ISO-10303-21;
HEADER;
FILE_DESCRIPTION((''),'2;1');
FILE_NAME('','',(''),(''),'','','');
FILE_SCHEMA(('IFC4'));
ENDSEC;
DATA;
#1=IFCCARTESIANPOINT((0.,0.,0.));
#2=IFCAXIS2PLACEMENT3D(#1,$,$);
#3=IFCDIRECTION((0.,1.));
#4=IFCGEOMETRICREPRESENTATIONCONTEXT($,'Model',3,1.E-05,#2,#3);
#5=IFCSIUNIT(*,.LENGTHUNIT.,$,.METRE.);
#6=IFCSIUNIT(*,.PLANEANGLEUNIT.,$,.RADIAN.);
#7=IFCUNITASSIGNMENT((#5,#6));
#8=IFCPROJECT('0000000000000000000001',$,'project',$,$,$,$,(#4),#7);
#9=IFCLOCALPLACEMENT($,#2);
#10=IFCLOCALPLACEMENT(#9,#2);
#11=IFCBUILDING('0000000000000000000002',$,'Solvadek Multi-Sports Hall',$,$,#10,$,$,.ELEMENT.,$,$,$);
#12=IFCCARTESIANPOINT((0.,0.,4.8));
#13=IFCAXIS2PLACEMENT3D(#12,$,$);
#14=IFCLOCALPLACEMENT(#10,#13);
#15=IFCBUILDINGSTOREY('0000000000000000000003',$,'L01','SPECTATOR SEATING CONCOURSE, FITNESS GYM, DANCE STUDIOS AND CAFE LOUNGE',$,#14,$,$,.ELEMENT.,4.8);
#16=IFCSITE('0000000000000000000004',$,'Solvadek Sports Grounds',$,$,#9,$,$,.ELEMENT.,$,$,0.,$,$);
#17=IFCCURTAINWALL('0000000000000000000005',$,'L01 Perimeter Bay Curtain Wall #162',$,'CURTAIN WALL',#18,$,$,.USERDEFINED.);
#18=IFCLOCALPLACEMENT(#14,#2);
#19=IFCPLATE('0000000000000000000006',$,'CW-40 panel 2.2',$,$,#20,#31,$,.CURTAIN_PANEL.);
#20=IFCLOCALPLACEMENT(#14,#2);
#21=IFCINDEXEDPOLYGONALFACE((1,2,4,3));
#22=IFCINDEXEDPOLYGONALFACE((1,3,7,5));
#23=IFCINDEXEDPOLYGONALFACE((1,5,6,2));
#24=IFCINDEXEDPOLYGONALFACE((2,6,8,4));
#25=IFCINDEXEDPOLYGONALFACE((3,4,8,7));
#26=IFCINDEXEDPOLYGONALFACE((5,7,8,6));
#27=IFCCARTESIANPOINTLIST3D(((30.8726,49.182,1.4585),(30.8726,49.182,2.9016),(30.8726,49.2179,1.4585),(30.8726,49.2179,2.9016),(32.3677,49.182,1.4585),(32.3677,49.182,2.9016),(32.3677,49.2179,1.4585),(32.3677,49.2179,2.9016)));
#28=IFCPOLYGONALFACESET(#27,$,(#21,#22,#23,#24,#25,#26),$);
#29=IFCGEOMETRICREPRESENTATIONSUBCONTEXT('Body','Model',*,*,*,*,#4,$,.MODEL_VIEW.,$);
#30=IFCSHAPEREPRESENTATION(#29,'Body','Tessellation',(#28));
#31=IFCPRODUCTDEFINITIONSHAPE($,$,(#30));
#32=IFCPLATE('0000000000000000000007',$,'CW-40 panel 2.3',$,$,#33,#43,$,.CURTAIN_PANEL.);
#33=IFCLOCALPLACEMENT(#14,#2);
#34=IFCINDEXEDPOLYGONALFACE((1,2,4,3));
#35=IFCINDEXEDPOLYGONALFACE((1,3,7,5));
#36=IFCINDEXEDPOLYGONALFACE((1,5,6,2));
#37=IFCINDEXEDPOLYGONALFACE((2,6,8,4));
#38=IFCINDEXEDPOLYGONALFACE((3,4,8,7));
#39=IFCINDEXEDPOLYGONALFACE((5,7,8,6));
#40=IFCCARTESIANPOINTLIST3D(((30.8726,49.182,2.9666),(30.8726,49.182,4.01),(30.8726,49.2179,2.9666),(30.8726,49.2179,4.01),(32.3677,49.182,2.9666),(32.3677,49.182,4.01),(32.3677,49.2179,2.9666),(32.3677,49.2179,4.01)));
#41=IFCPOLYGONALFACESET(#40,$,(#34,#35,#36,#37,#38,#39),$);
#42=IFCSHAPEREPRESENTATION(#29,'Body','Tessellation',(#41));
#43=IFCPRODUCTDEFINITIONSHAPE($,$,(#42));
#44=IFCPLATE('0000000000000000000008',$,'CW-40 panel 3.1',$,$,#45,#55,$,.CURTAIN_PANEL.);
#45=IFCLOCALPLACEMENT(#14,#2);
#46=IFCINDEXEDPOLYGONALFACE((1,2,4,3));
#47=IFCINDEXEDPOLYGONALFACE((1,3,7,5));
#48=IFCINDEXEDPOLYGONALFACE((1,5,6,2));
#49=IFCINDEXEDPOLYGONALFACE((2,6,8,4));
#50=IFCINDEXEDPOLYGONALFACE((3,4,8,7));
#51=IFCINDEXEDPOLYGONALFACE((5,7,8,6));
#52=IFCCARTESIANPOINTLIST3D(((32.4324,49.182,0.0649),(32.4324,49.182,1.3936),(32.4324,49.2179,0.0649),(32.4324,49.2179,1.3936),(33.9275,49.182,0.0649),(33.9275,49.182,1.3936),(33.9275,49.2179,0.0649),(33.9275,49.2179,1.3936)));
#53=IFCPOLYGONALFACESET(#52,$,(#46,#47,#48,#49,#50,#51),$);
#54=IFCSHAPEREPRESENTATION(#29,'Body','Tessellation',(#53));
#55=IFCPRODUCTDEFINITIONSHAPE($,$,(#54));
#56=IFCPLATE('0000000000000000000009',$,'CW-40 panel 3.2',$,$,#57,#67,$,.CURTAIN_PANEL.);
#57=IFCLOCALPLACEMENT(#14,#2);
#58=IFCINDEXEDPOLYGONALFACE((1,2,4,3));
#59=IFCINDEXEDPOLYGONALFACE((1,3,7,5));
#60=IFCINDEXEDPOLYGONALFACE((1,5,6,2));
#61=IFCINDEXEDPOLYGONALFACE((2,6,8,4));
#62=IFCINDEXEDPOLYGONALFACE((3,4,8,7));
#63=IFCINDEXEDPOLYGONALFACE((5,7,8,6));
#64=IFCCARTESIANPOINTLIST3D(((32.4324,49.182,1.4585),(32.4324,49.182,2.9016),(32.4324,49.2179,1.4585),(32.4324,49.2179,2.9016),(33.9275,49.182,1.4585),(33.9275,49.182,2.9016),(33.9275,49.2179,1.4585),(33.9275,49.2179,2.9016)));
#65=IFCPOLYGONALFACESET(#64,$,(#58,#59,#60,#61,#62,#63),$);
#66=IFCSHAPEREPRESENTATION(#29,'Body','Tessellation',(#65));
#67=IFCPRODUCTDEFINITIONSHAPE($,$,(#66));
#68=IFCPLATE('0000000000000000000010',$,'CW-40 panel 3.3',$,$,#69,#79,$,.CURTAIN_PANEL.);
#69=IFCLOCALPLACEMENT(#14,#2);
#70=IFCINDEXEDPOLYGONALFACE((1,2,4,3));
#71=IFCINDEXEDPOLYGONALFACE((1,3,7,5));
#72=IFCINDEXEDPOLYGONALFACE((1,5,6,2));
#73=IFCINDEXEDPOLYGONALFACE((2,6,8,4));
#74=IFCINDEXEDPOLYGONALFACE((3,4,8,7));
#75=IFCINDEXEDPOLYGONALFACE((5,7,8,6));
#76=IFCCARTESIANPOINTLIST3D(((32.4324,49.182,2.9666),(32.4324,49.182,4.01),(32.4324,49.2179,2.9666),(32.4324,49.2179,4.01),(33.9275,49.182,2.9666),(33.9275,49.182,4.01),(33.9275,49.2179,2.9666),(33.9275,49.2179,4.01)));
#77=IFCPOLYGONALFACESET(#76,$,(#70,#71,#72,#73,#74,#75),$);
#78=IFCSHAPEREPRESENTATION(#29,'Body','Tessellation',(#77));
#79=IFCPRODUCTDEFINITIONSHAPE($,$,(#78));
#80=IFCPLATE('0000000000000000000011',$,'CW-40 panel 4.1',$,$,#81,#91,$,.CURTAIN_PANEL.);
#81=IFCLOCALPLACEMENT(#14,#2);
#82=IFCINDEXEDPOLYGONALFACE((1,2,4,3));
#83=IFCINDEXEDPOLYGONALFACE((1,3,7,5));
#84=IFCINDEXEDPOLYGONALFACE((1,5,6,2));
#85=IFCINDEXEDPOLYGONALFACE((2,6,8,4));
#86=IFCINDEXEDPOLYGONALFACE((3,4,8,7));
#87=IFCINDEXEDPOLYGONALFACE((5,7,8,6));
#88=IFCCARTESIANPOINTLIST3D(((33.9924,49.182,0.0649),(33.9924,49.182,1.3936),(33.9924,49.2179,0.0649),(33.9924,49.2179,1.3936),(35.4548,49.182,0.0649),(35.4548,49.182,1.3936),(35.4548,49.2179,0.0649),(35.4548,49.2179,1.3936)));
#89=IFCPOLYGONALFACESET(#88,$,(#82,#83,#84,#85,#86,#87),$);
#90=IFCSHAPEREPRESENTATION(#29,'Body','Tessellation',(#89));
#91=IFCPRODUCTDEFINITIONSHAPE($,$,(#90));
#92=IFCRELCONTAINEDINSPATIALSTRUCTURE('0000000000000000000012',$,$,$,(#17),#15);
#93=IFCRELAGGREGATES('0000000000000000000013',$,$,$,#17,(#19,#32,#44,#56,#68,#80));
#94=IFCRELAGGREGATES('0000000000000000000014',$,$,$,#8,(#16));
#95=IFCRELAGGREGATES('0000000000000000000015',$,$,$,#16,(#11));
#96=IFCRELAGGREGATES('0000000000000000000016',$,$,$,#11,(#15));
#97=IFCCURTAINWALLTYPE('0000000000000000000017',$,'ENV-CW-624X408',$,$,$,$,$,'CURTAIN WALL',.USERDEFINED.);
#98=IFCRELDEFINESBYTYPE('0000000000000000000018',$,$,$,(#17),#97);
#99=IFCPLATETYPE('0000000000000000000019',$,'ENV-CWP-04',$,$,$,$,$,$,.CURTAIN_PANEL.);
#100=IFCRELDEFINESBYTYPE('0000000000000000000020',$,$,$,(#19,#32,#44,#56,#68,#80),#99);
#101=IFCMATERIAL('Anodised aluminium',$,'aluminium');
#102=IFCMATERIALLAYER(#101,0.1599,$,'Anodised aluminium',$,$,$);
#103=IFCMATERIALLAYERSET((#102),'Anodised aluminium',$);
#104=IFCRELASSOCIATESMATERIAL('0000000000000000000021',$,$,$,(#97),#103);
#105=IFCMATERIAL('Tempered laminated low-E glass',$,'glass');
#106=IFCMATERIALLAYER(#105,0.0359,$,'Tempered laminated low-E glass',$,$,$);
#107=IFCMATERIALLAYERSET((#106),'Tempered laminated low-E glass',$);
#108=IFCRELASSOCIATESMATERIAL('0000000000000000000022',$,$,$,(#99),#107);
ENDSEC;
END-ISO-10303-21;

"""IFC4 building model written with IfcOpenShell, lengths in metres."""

from ifc_helpers import new_model, si_unit, direction, frame, origin, origin_2d, place, context, subcontext, project, spatial, rectangle, extrude, material, layer, layer_set, type_object, element, aggregate, save


model = new_model("IFC4")

# Units and contexts
model_context = context("Model", 3, precision=1e-05, world=origin(), true_north=direction((0.0, 1.0)))
body_context = subcontext(model_context, "Body", "Model", "MODEL_VIEW")
ifc_project = project(units=[si_unit("LENGTHUNIT", "METRE"), si_unit("PLANEANGLEUNIT", "RADIAN")], contexts=[model_context])

# Site, building, storey
site_placement = place(None, origin())
site = spatial("IfcSite", under=ifc_project, at=site_placement, Name="Solvadek Sports Grounds", CompositionType="ELEMENT", RefElevation=0.0)
building_placement = place(site_placement, origin())
building = spatial("IfcBuilding", under=site, at=building_placement, Name="Solvadek Multi-Sports Hall", CompositionType="ELEMENT")
storey_placement = place(building_placement, frame((0.0, 0.0, 4.8)))
storey = spatial("IfcBuildingStorey", under=building, at=storey_placement, Name="L01", Description="SPECTATOR SEATING CONCOURSE, FITNESS GYM, DANCE STUDIOS AND CAFE LOUNGE", CompositionType="ELEMENT", Elevation=4.8)

# Curtain wall, plates
ifc_material_1 = material(Name="Anodised aluminium", Category="aluminium")
ifc_layer_1 = layer(ifc_material_1, 0.1599, Name="Anodised aluminium")
ifc_layer_set_1 = layer_set([ifc_layer_1], Name="Anodised aluminium")
curtain_wall_type = type_object("IfcCurtainWallType", Name="ENV-CW-624X408", ElementType="CURTAIN WALL", PredefinedType="USERDEFINED", material=ifc_layer_set_1)
curtain_wall_placement = place(storey_placement, origin())
curtain_wall = element("IfcCurtainWall", 1, at=curtain_wall_placement, inside=storey, type_object=curtain_wall_type, Name="L01 Perimeter Bay Curtain Wall #162", ObjectType="CURTAIN WALL", PredefinedType="USERDEFINED")
ifc_material_2 = material(Name="Tempered laminated low-E glass", Category="glass")
ifc_layer_2 = layer(ifc_material_2, 0.0359, Name="Tempered laminated low-E glass")
ifc_layer_set_2 = layer_set([ifc_layer_2], Name="Tempered laminated low-E glass")
plate_type = type_object("IfcPlateType", Name="ENV-CWP-04", PredefinedType="CURTAIN_PANEL", material=ifc_layer_set_2)
plate_1_placement = place(storey_placement, frame((31.6201, 49.2, 1.4585), z_axis=(0.0, 0.0, 1.0), x_axis=(1.0, 0.0, 0.0)))
plate_1 = element("IfcPlate", 2, at=plate_1_placement, type_object=plate_type, Name="CW-40 panel 2.2", PredefinedType="CURTAIN_PANEL", context=body_context, shape_type="SweptSolid", body=[
    extrude(rectangle(XDim=1.4951, YDim=0.0359, at=origin_2d()), origin(), (0.0, 0.0, 1.0), 1.4431),
])
plate_2_placement = place(storey_placement, frame((31.6201, 49.2, 2.9666), z_axis=(0.0, 0.0, 1.0), x_axis=(1.0, 0.0, 0.0)))
plate_2 = element("IfcPlate", 3, at=plate_2_placement, type_object=plate_type, Name="CW-40 panel 2.3", PredefinedType="CURTAIN_PANEL", context=body_context, shape_type="SweptSolid", body=[
    extrude(rectangle(XDim=1.4951, YDim=0.0359, at=origin_2d()), origin(), (0.0, 0.0, 1.0), 1.0435),
])
plate_3_placement = place(storey_placement, frame((33.1799, 49.2, 0.0649), z_axis=(0.0, 0.0, 1.0), x_axis=(1.0, 0.0, 0.0)))
plate_3 = element("IfcPlate", 4, at=plate_3_placement, type_object=plate_type, Name="CW-40 panel 3.1", PredefinedType="CURTAIN_PANEL", context=body_context, shape_type="SweptSolid", body=[
    extrude(rectangle(XDim=1.4951, YDim=0.0359, at=origin_2d()), origin(), (0.0, 0.0, 1.0), 1.3286),
])
plate_4_placement = place(storey_placement, frame((33.1799, 49.2, 1.4585), z_axis=(0.0, 0.0, 1.0), x_axis=(1.0, 0.0, 0.0)))
plate_4 = element("IfcPlate", 5, at=plate_4_placement, type_object=plate_type, Name="CW-40 panel 3.2", PredefinedType="CURTAIN_PANEL", context=body_context, shape_type="SweptSolid", body=[
    extrude(rectangle(XDim=1.4951, YDim=0.0359, at=origin_2d()), origin(), (0.0, 0.0, 1.0), 1.4431),
])
plate_5_placement = place(storey_placement, frame((33.1799, 49.2, 2.9666), z_axis=(0.0, 0.0, 1.0), x_axis=(1.0, 0.0, 0.0)))
plate_5 = element("IfcPlate", 6, at=plate_5_placement, type_object=plate_type, Name="CW-40 panel 3.3", PredefinedType="CURTAIN_PANEL", context=body_context, shape_type="SweptSolid", body=[
    extrude(rectangle(XDim=1.4951, YDim=0.0359, at=origin_2d()), origin(), (0.0, 0.0, 1.0), 1.0435),
])
plate_6_placement = place(storey_placement, frame((34.7236, 49.2, 0.0649), z_axis=(0.0, 0.0, 1.0), x_axis=(1.0, 0.0, 0.0)))
plate_6 = element("IfcPlate", 7, at=plate_6_placement, type_object=plate_type, Name="CW-40 panel 4.1", PredefinedType="CURTAIN_PANEL", context=body_context, shape_type="SweptSolid", body=[
    extrude(rectangle(XDim=1.4624, YDim=0.0359, at=origin_2d()), origin(), (0.0, 0.0, 1.0), 1.3286),
])
aggregate(curtain_wall, [plate_1, plate_2, plate_3, plate_4, plate_5, plate_6])

save(model, "model.ifc")
